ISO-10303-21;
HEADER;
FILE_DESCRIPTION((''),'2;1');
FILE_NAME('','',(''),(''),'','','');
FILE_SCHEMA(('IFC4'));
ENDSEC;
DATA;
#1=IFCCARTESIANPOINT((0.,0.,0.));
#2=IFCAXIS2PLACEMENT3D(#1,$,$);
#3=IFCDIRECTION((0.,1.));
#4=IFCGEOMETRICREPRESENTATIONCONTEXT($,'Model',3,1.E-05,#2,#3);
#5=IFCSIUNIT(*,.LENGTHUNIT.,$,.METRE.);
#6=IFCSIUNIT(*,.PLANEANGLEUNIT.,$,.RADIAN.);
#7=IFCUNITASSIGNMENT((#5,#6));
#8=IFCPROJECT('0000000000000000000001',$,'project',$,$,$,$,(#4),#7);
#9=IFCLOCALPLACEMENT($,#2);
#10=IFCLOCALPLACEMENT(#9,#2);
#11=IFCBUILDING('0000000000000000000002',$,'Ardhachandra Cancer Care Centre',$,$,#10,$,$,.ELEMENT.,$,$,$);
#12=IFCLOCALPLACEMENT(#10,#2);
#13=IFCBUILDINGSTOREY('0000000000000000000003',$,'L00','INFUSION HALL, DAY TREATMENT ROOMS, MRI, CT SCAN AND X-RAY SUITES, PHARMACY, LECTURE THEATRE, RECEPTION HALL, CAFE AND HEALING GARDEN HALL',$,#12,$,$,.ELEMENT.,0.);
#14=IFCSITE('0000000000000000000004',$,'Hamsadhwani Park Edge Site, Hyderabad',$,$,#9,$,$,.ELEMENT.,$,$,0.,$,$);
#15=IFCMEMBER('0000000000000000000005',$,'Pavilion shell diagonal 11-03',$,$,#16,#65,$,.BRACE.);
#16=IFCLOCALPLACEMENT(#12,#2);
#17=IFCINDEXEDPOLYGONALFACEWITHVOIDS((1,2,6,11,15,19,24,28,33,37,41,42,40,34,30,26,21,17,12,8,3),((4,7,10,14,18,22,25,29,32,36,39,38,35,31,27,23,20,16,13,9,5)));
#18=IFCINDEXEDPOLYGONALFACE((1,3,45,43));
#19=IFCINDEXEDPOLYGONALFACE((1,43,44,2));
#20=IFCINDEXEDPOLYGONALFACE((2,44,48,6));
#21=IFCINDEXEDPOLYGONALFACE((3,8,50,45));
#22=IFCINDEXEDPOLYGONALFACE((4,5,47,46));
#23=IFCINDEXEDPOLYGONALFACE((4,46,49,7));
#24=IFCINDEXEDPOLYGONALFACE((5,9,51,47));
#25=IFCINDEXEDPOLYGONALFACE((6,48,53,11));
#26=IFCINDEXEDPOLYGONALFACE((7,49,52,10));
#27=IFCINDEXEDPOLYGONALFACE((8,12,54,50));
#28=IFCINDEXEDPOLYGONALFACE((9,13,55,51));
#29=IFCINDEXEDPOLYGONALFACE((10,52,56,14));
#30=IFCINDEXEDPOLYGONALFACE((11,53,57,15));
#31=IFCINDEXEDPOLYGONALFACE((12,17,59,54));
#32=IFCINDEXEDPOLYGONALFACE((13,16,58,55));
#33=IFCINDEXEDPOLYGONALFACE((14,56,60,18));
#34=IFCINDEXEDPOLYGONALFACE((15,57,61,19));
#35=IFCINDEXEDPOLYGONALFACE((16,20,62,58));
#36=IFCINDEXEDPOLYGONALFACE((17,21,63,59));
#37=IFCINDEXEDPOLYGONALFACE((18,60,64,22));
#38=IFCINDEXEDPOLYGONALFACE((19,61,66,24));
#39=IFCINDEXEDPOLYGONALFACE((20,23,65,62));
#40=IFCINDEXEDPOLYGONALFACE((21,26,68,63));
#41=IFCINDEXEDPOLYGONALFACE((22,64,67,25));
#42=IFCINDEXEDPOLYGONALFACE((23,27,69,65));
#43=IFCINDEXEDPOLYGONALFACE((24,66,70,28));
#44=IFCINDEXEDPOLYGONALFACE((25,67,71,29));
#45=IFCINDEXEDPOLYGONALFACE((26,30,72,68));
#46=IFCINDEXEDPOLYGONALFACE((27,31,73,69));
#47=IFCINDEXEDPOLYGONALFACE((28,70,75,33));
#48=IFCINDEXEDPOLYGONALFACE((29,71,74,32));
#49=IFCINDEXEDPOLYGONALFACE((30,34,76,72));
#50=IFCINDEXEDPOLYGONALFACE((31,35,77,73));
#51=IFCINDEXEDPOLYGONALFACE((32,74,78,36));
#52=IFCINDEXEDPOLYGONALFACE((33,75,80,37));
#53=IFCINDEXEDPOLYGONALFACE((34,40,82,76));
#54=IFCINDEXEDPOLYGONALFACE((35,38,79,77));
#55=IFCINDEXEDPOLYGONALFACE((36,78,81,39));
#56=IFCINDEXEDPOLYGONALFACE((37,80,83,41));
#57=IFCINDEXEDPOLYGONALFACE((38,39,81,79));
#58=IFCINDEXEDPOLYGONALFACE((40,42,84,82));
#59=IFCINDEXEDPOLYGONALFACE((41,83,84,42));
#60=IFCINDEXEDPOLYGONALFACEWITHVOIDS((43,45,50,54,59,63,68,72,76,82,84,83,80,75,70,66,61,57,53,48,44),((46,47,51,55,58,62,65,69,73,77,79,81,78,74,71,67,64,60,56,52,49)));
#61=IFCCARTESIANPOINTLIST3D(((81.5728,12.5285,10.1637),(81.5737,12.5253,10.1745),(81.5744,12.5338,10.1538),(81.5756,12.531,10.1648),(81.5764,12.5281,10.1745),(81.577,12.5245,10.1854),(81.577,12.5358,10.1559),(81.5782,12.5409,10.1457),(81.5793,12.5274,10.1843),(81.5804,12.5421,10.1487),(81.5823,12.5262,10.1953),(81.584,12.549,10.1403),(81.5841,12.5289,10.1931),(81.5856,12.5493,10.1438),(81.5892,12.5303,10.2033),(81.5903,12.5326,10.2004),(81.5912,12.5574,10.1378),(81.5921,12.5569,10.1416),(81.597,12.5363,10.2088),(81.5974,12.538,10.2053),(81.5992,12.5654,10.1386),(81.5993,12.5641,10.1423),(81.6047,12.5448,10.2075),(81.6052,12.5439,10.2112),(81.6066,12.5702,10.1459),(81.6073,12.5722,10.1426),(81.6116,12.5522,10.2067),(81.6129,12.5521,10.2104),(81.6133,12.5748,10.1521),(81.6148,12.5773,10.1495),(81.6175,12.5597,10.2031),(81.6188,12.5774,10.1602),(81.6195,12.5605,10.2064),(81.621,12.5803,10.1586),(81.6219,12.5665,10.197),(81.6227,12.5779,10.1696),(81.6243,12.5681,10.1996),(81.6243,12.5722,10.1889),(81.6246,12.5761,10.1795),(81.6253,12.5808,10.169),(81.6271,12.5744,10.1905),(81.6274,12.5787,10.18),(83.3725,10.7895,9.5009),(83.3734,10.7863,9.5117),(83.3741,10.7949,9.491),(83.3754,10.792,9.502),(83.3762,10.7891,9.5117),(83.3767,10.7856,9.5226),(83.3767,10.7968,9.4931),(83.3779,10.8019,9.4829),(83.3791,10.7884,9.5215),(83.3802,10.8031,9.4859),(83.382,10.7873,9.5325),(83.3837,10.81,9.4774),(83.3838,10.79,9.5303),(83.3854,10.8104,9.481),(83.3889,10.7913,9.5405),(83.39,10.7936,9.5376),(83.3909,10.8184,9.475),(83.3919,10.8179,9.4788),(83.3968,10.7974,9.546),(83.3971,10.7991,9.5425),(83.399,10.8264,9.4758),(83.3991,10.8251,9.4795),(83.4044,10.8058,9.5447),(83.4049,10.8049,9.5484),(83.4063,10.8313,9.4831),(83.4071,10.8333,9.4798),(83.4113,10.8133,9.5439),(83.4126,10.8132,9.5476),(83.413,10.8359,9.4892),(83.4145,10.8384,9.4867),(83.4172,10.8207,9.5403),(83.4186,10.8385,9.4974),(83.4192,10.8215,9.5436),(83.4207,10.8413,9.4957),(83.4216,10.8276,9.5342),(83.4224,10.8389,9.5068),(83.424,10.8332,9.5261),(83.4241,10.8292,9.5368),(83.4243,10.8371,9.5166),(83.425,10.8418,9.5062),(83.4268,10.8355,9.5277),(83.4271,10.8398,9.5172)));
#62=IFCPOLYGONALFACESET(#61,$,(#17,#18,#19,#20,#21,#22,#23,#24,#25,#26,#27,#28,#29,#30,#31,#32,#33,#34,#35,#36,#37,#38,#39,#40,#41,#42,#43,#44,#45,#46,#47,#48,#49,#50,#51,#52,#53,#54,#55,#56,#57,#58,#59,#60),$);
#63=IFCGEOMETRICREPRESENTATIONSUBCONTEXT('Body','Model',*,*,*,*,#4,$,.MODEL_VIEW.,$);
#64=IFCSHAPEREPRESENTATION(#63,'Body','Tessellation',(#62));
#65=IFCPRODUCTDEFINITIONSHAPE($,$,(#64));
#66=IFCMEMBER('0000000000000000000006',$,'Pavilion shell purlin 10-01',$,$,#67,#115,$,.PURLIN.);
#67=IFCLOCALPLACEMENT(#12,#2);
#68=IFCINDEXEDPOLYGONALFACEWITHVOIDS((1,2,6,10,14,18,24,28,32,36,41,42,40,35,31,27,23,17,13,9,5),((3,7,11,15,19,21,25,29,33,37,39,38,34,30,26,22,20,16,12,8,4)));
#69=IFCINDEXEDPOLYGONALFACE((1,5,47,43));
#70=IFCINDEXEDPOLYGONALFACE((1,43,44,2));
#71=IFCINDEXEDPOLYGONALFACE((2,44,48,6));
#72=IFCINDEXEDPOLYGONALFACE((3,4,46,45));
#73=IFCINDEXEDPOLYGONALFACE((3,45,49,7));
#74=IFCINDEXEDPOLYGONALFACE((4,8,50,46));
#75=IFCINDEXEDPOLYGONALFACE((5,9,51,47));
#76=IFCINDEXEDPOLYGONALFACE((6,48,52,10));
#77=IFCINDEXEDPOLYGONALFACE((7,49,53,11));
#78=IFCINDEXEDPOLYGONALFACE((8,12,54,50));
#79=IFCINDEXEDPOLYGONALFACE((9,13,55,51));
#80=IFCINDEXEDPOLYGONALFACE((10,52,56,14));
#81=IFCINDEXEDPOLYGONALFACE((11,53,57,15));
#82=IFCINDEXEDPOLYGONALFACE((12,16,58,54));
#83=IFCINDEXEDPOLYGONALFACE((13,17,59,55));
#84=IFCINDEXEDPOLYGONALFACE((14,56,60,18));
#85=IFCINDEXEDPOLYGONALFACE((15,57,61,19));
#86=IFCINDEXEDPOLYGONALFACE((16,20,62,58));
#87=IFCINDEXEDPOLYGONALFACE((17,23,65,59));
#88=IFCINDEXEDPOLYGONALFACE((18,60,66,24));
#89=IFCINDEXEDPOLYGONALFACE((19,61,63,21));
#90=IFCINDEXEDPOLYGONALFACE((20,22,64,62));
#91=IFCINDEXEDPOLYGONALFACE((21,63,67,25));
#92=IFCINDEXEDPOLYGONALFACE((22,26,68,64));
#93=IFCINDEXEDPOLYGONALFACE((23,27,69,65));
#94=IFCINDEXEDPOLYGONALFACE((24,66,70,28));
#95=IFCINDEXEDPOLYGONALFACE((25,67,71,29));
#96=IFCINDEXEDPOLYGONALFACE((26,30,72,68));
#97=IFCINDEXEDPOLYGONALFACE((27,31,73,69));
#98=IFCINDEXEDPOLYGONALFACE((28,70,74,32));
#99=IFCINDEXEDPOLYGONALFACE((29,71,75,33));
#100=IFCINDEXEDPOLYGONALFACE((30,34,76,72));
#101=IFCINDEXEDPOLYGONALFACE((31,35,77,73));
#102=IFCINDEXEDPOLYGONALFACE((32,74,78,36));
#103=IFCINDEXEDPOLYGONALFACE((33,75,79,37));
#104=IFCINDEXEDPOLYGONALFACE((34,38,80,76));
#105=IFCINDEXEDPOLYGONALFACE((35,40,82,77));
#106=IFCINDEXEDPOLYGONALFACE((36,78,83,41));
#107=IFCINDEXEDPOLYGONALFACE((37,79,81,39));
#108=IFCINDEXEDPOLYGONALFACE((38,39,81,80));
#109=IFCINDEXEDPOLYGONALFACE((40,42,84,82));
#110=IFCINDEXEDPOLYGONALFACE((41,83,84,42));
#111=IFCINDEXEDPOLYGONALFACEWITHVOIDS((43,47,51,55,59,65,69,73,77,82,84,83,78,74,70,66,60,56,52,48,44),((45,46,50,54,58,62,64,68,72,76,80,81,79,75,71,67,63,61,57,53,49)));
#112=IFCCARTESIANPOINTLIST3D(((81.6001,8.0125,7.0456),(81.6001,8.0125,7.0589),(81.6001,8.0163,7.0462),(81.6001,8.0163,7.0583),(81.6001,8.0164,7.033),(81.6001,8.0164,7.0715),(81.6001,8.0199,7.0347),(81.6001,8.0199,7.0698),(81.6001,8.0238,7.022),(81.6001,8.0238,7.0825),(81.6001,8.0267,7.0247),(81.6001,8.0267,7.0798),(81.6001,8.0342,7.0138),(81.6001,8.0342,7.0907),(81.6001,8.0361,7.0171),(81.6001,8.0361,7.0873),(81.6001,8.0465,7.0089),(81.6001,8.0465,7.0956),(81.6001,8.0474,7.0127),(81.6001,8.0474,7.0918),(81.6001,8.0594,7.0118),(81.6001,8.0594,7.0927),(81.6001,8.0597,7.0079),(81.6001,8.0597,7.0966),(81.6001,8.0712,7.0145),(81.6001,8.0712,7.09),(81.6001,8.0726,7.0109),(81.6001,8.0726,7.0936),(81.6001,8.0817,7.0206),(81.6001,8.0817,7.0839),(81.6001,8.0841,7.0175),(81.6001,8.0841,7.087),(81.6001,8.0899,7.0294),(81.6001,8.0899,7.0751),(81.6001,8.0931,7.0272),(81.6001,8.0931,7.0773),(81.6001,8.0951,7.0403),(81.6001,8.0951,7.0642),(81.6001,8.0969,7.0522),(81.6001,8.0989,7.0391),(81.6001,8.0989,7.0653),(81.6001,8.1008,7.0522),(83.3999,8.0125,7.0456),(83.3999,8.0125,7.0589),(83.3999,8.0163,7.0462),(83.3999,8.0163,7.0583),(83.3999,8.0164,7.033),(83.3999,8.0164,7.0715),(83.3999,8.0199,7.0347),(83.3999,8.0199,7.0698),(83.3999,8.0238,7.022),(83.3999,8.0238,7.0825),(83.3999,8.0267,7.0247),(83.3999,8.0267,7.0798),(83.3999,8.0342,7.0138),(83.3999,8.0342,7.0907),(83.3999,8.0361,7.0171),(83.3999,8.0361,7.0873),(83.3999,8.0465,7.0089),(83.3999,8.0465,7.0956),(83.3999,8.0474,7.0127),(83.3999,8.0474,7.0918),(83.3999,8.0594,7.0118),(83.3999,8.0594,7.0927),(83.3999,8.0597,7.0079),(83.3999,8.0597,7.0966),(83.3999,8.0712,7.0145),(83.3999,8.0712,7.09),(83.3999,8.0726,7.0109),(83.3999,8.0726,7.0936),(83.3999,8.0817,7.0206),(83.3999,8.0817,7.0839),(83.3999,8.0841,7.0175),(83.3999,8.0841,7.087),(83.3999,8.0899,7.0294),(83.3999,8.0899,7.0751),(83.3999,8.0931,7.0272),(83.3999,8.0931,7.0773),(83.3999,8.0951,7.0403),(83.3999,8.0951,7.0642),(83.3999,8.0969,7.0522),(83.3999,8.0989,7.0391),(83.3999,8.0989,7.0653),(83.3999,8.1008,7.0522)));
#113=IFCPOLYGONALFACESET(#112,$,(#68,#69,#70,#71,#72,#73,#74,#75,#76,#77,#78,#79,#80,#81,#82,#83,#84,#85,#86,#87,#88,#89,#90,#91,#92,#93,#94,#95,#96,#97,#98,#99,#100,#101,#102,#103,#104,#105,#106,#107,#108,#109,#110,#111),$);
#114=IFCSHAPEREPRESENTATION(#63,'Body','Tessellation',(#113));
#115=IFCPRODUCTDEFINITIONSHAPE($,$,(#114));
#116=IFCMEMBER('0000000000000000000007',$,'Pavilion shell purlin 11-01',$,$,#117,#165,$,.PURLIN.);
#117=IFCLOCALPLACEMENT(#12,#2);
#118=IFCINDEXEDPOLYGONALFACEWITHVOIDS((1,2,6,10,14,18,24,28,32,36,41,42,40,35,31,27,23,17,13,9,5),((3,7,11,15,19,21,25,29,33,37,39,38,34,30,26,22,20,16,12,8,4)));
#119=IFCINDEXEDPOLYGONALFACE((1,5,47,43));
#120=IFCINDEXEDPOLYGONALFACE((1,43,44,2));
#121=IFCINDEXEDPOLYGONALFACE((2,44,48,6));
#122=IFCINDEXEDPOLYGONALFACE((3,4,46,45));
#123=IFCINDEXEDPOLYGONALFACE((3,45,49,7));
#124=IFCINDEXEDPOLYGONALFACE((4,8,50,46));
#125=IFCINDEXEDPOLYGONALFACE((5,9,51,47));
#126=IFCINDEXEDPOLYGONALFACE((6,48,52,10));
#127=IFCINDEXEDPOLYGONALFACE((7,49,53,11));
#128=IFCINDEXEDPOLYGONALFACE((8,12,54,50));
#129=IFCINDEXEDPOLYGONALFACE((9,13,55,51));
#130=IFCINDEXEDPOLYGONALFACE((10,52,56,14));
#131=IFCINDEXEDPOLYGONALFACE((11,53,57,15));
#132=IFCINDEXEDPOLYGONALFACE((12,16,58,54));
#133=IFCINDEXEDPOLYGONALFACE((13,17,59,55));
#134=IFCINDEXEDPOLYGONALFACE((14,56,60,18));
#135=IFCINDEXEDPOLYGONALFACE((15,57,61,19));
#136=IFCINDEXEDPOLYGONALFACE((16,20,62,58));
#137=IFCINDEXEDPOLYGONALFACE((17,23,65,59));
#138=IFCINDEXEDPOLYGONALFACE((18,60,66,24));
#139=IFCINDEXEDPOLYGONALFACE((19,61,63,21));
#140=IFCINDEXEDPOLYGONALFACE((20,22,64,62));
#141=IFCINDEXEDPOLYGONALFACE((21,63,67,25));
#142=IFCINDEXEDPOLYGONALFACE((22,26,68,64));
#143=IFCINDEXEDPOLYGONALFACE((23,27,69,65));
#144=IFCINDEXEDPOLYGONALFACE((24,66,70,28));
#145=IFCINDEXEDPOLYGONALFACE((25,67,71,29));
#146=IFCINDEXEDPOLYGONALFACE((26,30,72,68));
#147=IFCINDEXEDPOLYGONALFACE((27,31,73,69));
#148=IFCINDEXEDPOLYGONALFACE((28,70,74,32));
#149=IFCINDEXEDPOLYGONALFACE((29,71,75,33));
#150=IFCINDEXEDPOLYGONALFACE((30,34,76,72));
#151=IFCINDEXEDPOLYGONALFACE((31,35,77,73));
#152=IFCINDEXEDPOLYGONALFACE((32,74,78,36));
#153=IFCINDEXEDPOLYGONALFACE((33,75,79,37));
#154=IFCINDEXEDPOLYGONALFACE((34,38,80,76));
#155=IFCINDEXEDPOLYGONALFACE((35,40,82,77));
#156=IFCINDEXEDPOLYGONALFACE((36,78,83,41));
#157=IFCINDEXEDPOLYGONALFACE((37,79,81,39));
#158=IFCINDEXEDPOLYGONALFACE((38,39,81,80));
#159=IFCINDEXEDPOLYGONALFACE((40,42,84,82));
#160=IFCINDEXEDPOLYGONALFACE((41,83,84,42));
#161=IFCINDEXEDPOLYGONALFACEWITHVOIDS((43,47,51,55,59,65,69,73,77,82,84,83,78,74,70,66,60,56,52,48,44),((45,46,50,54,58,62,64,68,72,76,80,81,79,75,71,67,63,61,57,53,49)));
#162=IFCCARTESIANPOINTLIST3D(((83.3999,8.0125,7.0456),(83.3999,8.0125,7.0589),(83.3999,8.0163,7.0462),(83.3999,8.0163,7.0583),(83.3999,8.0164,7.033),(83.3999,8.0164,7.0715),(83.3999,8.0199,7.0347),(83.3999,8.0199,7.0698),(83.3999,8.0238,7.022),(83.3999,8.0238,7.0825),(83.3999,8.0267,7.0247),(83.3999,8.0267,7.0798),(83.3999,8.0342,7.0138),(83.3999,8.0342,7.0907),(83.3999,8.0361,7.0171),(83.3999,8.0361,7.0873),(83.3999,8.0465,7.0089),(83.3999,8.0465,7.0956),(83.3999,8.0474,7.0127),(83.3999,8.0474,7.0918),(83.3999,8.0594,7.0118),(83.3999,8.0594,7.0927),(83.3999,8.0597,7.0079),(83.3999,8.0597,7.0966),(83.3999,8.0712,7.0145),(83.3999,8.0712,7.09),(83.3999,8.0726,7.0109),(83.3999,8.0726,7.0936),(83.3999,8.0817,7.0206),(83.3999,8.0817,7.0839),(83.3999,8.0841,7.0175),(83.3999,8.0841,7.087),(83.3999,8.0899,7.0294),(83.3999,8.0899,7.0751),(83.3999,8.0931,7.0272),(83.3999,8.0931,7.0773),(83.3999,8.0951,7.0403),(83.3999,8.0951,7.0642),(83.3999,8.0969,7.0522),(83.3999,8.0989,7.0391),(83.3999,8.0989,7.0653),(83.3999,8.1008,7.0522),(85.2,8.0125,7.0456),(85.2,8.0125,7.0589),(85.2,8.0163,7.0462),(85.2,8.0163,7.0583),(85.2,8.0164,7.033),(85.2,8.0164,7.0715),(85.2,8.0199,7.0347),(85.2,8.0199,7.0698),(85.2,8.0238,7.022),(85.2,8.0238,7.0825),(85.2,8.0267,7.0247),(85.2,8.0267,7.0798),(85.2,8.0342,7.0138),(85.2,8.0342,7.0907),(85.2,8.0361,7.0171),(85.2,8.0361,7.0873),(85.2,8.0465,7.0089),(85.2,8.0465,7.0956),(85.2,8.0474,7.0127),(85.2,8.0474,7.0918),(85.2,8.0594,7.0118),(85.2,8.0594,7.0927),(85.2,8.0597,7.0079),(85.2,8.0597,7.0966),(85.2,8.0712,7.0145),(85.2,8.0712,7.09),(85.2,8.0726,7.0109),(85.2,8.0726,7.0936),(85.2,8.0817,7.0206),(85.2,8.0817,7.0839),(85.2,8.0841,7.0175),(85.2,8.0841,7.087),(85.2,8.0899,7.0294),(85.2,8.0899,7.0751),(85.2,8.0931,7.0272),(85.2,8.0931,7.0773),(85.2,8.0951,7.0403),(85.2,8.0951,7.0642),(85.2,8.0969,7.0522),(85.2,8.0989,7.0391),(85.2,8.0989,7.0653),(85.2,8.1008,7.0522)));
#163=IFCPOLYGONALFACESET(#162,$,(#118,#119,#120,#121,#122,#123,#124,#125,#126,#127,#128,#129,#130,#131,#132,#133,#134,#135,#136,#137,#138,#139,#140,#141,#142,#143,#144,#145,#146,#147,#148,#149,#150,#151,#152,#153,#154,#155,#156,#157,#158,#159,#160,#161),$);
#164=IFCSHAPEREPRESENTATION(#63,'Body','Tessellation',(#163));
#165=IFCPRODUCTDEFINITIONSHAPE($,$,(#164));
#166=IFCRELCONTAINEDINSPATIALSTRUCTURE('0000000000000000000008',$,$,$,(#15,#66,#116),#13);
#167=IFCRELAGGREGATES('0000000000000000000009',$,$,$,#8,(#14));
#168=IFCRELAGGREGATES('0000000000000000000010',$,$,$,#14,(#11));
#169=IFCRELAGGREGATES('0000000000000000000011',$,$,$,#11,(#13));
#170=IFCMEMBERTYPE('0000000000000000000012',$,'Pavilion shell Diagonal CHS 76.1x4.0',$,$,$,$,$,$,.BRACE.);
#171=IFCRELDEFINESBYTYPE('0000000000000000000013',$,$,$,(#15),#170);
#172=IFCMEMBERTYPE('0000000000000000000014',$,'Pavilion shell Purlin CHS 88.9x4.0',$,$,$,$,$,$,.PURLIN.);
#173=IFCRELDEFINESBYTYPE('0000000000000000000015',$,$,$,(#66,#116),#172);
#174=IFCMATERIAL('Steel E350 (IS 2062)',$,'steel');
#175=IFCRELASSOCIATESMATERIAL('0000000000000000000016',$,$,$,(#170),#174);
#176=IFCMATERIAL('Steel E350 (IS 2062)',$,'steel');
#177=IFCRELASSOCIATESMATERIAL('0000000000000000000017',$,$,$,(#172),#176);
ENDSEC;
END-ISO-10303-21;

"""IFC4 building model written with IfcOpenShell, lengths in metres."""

from ifc_helpers import new_model, si_unit, direction, frame, origin, origin_2d, place, context, subcontext, project, spatial, hollow_circle, extrude, material, material_profile, profile_set, type_object, element, save


model = new_model("IFC4")

# Units and contexts
model_context = context("Model", 3, precision=1e-05, world=origin(), true_north=direction((0.0, 1.0)))
body_context = subcontext(model_context, "Body", "Model", "MODEL_VIEW")
ifc_project = project(units=[si_unit("LENGTHUNIT", "METRE"), si_unit("PLANEANGLEUNIT", "RADIAN")], contexts=[model_context])

# Site, building, storey
site_placement = place(None, origin())
site = spatial("IfcSite", under=ifc_project, at=site_placement, Name="Hamsadhwani Park Edge Site, Hyderabad", CompositionType="ELEMENT", RefElevation=0.0)
building_placement = place(site_placement, origin())
building = spatial("IfcBuilding", under=site, at=building_placement, Name="Ardhachandra Cancer Care Centre", CompositionType="ELEMENT")
storey_placement = place(building_placement, origin())
storey = spatial("IfcBuildingStorey", under=building, at=storey_placement, Name="L00", Description="INFUSION HALL, DAY TREATMENT ROOMS, MRI, CT SCAN AND X-RAY SUITES, PHARMACY, LECTURE THEATRE, RECEPTION HALL, CAFE AND HEALING GARDEN HALL", CompositionType="ELEMENT", Elevation=0.0)

# Members
ifc_material_1 = material(Name="Steel E350 (IS 2062)", Category="steel")
ifc_material_profile_1 = material_profile(ifc_material_1, hollow_circle(Radius=0.0381, WallThickness=0.0039, at=origin_2d()), Name="CHS 76.1x4.0")
ifc_profile_set_1 = profile_set([ifc_material_profile_1], Name="Steel E350 (IS 2062)")
member_type_1 = type_object("IfcMemberType", Name="Pavilion shell Diagonal CHS 76.1x4.0", PredefinedType="BRACE", material=ifc_profile_set_1)
member_1_placement = place(storey_placement, frame((83.3999, 10.8137, 9.5117), z_axis=(-0.695179, 0.671698, 0.256024), x_axis=(-0.694857, -0.719148, 0.0)))
element("IfcMember", 1, at=member_1_placement, inside=storey, type_object=member_type_1, Name="Pavilion shell diagonal 11-03", PredefinedType="BRACE", context=body_context, shape_type="SweptSolid", body=[
    extrude(hollow_circle(Radius=0.0381, WallThickness=0.0039, at=origin_2d()), origin(), (0.0, 0.0, 1.0), 2.5889),
])
ifc_material_2 = material(Name="Steel E350 (IS 2062)", Category="steel")
ifc_material_profile_2 = material_profile(ifc_material_2, hollow_circle(Radius=0.0444, WallThickness=0.0039, at=origin_2d()), Name="CHS 88.9x4.0")
ifc_profile_set_2 = profile_set([ifc_material_profile_2], Name="Steel E350 (IS 2062)")
member_type_2 = type_object("IfcMemberType", Name="Pavilion shell Purlin CHS 88.9x4.0", PredefinedType="PURLIN", material=ifc_profile_set_2)
member_2_placement = place(storey_placement, frame((81.6001, 8.0564, 7.0522), z_axis=(1.0, 0.0, 0.0), x_axis=(0.0, 1.0, 0.0)))
element("IfcMember", 2, at=member_2_placement, inside=storey, type_object=member_type_2, Name="Pavilion shell purlin 10-01", PredefinedType="PURLIN", context=body_context, shape_type="SweptSolid", body=[
    extrude(hollow_circle(Radius=0.0444, WallThickness=0.0039, at=origin_2d()), origin(), (0.0, 0.0, 1.0), 1.7998),
])
member_3_placement = place(storey_placement, frame((83.3999, 8.0564, 7.0522), z_axis=(1.0, 0.0, 0.0), x_axis=(0.0, 1.0, 0.0)))
element("IfcMember", 3, at=member_3_placement, inside=storey, type_object=member_type_2, Name="Pavilion shell purlin 11-01", PredefinedType="PURLIN", context=body_context, shape_type="SweptSolid", body=[
    extrude(hollow_circle(Radius=0.0444, WallThickness=0.0039, at=origin_2d()), origin(), (0.0, 0.0, 1.0), 1.8),
])

save(model, "model.ifc")
